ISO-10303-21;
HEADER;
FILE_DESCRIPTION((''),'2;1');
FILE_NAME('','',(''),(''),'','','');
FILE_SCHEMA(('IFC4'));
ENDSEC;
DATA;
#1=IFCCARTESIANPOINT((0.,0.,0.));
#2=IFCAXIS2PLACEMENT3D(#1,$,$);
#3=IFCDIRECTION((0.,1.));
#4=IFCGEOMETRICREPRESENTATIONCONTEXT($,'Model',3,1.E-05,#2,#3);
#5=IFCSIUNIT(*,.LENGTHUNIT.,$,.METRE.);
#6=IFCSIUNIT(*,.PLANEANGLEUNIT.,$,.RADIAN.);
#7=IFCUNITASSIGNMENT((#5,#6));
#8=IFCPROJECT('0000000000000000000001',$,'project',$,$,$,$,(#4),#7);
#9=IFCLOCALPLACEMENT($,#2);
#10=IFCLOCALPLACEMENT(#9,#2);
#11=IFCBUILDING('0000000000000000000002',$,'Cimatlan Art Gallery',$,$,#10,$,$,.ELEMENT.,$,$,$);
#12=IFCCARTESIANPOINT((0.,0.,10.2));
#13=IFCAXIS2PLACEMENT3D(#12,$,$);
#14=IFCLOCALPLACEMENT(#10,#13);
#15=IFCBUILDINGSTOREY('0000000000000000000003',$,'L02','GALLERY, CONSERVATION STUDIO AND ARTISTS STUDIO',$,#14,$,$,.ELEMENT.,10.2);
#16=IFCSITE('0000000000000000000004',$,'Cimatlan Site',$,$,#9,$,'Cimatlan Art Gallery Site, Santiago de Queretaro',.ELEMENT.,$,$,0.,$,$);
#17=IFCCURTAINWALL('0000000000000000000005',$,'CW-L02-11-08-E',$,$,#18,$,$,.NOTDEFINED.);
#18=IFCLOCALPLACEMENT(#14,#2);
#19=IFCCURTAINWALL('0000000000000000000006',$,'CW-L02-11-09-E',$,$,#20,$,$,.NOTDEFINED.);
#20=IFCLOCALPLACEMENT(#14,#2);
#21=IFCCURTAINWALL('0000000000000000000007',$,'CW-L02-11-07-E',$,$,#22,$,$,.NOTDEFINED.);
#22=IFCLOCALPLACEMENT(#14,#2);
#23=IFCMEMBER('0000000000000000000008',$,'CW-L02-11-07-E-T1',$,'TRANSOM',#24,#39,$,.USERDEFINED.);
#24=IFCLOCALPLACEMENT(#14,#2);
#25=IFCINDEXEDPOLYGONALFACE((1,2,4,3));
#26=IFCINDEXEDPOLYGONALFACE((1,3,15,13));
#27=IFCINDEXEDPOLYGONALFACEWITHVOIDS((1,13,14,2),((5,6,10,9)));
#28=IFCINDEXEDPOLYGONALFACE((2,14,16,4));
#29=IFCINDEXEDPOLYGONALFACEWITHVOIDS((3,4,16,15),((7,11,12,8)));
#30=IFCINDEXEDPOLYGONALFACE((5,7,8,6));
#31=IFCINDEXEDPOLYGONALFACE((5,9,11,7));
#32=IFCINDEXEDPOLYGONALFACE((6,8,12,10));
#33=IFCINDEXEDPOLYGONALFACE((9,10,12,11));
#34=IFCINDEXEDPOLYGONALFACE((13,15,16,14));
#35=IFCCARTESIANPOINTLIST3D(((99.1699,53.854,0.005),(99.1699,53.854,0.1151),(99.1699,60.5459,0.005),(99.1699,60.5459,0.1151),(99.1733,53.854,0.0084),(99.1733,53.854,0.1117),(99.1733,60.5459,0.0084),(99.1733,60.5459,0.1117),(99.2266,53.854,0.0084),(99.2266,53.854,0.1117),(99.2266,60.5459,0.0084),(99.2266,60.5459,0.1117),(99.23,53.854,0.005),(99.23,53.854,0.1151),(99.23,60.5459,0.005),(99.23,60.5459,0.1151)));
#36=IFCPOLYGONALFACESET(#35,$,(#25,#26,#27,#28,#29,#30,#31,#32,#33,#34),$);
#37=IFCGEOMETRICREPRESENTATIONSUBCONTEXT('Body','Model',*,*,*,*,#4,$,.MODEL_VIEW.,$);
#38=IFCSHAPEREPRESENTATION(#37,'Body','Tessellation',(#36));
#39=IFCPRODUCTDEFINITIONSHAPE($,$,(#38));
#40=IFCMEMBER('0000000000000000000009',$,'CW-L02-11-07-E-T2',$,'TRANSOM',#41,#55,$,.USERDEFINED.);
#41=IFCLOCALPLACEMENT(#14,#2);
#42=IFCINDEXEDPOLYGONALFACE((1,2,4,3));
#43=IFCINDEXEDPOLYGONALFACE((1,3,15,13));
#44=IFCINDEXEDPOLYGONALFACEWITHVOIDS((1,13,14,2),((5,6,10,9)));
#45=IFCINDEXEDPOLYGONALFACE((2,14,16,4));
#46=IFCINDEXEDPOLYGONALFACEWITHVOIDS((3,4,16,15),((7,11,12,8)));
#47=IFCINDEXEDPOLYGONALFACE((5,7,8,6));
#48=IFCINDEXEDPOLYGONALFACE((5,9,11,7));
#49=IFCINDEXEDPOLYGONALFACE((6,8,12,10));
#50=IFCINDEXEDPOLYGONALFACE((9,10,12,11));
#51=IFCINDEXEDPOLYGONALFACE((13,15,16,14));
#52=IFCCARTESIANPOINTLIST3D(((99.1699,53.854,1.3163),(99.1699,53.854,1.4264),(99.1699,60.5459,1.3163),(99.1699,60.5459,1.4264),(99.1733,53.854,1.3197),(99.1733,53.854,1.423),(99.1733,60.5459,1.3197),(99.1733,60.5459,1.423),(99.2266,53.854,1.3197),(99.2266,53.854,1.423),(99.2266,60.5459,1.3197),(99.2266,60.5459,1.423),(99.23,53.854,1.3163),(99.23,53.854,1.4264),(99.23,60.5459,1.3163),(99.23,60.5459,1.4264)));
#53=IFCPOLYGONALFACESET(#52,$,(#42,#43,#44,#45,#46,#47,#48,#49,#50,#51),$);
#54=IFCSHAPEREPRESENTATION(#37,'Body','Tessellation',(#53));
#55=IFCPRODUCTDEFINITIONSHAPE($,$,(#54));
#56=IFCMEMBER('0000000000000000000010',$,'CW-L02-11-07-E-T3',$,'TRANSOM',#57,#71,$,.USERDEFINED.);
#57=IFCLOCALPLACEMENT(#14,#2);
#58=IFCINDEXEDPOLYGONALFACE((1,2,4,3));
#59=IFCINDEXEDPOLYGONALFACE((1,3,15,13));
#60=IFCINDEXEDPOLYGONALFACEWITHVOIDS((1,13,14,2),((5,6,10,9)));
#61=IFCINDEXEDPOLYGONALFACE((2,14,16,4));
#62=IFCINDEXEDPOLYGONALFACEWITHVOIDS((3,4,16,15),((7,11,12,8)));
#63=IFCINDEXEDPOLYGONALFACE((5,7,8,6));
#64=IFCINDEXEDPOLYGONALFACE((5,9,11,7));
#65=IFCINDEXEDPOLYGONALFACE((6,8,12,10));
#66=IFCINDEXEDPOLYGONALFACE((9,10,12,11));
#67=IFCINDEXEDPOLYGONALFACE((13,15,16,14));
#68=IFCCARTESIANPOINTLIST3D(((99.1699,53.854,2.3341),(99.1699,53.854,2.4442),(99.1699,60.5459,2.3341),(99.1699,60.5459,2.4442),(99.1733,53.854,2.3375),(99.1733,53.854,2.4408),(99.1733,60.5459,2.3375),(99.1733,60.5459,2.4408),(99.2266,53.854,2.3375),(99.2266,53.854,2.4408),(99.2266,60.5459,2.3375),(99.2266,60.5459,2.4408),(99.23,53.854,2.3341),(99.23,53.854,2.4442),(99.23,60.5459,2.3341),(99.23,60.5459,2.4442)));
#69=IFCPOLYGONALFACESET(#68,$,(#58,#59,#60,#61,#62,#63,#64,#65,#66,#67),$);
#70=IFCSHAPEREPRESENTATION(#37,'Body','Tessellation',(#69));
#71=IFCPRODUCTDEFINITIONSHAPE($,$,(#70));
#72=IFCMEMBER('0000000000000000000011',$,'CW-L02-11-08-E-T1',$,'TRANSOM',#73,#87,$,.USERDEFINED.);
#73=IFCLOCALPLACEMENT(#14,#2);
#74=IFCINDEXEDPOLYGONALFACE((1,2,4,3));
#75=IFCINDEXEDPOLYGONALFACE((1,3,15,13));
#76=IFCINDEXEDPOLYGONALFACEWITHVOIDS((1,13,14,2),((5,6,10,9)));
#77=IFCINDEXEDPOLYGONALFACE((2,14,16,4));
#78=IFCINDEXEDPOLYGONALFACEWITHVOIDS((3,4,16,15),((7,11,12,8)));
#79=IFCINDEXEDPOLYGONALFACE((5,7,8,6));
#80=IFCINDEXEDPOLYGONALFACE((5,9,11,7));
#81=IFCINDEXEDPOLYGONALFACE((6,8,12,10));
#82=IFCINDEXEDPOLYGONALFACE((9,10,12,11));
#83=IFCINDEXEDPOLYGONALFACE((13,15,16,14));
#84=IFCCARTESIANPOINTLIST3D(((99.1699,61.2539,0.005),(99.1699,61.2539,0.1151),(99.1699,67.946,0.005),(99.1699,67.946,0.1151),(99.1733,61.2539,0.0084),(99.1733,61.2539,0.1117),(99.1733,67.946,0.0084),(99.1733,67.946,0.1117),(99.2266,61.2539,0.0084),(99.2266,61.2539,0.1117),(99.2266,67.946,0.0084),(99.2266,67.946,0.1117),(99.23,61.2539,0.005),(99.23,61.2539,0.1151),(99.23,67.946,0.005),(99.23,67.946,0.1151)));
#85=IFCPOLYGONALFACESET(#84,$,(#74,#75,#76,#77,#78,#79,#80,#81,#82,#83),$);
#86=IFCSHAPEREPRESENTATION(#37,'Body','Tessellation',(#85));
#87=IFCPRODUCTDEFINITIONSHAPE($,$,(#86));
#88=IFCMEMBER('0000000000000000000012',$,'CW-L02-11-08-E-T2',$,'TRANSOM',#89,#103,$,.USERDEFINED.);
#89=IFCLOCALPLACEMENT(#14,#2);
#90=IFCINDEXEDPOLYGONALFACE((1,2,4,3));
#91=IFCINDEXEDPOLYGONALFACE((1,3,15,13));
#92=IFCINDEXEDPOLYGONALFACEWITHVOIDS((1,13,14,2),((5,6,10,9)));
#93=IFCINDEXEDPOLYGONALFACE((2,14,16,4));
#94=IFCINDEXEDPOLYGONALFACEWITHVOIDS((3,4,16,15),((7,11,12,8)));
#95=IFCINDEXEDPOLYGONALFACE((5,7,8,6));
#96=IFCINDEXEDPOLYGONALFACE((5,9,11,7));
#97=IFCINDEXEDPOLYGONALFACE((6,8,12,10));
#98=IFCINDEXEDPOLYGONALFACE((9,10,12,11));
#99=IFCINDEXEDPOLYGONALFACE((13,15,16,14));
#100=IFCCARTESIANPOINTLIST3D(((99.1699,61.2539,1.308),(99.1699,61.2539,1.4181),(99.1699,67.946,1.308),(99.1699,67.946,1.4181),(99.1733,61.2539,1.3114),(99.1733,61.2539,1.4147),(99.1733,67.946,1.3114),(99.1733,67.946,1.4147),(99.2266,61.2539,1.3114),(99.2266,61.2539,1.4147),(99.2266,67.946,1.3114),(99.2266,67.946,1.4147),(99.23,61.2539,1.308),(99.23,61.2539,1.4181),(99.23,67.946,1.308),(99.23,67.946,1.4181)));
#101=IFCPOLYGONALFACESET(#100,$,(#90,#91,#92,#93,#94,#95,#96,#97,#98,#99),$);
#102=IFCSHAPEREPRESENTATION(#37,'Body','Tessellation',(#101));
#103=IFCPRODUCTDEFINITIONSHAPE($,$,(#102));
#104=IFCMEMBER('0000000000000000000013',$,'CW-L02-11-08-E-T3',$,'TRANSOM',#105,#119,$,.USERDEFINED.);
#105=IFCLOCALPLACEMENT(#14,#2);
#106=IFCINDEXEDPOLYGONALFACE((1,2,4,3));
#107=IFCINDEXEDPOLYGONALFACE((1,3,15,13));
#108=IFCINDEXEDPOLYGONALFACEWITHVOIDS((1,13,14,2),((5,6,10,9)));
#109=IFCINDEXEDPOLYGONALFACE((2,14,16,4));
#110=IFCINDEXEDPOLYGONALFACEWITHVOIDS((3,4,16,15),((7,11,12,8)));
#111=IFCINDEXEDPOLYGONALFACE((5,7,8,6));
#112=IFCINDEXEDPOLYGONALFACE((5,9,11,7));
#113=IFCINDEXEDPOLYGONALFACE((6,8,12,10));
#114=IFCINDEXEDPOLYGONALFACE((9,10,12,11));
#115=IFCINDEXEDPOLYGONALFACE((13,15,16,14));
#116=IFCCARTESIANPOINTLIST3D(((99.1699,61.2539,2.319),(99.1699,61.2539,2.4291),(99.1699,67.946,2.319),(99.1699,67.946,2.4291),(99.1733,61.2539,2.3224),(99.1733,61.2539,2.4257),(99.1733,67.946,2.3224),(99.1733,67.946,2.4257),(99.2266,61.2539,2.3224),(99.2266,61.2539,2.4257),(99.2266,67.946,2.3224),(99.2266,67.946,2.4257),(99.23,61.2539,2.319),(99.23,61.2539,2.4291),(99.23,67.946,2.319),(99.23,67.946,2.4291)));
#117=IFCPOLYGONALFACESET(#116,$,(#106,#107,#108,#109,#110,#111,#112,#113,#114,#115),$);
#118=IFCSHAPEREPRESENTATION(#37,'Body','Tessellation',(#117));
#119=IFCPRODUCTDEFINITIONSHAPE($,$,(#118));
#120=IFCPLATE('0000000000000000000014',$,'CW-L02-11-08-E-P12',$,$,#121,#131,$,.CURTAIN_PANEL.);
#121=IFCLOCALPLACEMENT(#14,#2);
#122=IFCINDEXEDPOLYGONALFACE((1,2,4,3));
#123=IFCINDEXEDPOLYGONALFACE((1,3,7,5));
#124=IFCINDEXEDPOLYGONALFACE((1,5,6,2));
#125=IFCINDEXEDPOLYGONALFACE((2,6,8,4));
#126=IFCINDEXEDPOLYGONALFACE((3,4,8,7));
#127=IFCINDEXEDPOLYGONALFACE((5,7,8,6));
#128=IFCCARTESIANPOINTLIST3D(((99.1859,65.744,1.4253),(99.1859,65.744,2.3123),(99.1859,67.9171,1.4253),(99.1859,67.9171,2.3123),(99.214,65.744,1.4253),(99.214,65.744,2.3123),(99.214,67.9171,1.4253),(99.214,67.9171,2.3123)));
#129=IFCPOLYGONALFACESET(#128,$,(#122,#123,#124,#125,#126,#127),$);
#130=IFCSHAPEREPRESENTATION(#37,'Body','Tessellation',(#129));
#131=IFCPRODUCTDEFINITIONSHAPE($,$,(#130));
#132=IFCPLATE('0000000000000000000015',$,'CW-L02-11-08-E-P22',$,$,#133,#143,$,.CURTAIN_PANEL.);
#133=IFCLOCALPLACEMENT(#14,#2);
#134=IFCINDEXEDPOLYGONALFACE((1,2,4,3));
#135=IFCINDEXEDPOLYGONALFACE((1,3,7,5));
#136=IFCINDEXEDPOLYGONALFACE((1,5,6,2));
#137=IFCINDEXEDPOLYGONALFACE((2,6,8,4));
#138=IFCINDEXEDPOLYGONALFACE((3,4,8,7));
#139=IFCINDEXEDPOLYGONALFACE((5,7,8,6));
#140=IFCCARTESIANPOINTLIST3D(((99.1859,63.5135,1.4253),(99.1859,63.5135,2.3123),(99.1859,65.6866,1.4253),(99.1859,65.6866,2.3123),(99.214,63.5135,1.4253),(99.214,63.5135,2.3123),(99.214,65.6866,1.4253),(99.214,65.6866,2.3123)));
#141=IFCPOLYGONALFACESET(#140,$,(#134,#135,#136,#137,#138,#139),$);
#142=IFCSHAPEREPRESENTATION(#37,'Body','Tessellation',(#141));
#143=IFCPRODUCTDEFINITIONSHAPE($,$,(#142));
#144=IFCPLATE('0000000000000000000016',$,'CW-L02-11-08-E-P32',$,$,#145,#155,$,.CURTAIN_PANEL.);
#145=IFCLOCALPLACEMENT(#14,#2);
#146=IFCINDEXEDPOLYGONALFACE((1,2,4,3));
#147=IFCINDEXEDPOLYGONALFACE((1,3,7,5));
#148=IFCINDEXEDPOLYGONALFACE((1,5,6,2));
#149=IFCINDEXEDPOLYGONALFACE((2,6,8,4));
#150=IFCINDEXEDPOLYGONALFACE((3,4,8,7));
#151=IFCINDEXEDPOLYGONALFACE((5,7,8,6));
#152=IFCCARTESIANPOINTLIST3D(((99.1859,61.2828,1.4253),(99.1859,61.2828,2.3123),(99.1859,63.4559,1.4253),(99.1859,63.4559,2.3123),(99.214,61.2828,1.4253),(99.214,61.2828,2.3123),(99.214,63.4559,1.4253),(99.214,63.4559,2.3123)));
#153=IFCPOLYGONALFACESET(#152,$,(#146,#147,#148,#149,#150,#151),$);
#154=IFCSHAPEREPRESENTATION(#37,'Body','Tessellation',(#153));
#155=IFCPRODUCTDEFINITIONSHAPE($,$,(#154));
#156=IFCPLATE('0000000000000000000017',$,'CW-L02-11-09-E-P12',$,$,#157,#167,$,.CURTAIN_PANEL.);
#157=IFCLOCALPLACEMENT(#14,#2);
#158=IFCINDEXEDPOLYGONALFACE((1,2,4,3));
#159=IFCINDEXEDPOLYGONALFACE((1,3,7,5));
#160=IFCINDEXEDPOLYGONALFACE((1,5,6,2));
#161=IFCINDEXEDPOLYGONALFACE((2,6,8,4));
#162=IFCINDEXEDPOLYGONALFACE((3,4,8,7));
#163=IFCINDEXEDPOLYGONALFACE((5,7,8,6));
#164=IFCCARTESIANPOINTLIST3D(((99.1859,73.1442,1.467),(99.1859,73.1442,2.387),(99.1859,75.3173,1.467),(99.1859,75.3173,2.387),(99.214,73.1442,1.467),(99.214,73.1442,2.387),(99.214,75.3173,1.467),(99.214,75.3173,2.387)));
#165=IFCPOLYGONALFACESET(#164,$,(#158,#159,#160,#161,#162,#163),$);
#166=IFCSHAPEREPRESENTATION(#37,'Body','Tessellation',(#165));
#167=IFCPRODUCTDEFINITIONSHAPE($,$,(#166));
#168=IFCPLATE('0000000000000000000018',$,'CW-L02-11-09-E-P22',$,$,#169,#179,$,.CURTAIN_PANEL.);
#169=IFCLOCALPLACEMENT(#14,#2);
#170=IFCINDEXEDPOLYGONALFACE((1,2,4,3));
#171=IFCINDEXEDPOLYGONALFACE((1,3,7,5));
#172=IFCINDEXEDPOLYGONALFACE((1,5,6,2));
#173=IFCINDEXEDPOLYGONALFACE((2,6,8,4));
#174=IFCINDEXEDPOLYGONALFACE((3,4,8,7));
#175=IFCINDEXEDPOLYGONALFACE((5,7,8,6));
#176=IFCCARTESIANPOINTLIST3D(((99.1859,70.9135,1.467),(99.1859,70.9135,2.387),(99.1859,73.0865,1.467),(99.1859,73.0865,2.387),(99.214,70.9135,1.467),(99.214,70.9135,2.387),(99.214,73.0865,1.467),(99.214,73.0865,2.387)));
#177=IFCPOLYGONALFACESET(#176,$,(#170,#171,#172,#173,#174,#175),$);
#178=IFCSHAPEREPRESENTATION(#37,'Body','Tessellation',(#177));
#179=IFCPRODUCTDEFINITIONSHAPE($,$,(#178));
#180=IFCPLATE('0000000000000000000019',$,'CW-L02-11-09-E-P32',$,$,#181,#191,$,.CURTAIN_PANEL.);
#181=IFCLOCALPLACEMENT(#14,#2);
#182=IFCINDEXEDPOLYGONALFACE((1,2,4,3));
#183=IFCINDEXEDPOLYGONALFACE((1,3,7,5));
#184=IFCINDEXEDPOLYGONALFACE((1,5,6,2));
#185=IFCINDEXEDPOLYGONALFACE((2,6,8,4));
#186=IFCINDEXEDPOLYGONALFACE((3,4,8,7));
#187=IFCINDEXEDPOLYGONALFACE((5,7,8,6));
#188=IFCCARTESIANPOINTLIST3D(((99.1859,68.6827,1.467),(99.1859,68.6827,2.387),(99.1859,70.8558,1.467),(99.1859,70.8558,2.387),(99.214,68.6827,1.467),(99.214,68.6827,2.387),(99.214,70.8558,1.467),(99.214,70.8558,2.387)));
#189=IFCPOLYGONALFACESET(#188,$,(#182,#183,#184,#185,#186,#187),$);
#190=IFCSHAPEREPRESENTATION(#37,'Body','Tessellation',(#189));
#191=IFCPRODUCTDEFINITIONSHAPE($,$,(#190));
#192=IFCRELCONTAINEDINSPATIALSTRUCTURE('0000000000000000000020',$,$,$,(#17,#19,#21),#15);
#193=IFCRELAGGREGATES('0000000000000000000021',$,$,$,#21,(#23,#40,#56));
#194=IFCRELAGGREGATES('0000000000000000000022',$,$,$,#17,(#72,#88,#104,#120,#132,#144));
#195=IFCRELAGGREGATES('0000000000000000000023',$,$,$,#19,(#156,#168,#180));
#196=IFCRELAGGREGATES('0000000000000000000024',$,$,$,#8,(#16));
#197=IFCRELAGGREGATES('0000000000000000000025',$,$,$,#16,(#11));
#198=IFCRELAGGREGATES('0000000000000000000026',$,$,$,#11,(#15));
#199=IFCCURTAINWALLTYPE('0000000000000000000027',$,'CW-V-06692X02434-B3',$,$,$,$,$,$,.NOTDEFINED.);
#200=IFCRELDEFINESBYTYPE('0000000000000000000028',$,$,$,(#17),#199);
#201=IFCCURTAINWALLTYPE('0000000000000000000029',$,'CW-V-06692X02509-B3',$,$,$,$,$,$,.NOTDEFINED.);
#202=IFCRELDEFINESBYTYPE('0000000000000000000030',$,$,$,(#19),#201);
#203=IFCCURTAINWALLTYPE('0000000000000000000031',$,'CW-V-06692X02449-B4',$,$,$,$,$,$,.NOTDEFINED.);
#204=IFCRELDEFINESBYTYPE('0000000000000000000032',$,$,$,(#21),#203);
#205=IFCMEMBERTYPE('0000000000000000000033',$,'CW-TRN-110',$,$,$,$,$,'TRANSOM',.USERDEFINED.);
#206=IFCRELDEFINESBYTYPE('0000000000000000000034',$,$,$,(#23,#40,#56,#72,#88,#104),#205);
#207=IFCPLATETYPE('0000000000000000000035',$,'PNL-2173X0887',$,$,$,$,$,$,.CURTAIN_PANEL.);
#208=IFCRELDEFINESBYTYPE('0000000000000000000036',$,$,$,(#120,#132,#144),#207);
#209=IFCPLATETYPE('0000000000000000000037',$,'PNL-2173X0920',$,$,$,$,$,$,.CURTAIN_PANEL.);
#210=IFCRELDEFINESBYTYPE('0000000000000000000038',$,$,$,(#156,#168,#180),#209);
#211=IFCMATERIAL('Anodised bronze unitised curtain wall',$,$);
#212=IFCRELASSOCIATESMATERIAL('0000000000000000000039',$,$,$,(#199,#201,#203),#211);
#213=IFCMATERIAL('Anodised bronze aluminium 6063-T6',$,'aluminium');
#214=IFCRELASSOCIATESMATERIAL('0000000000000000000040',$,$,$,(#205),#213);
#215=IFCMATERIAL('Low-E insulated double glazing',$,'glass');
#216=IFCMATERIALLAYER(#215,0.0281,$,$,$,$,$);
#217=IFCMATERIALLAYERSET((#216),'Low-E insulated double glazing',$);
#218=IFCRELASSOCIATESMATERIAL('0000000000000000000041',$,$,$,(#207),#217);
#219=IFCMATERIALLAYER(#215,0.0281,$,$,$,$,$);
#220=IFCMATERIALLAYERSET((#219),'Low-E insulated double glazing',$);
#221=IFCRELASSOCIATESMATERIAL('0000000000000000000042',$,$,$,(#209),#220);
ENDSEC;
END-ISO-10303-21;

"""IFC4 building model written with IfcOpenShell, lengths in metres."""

from ifc_helpers import new_model, si_unit, direction, frame, origin, origin_2d, place, context, subcontext, project, spatial, rectangle, hollow_rectangle, extrude, material, layer, layer_set, material_profile, profile_set, type_object, element, aggregate, save


model = new_model("IFC4")

# Units and contexts
model_context = context("Model", 3, precision=1e-05, world=origin(), true_north=direction((0.0, 1.0)))
body_context = subcontext(model_context, "Body", "Model", "MODEL_VIEW")
ifc_project = project(units=[si_unit("LENGTHUNIT", "METRE"), si_unit("PLANEANGLEUNIT", "RADIAN")], contexts=[model_context])

# Site, building, storey
site_placement = place(None, origin())
site = spatial("IfcSite", under=ifc_project, at=site_placement, Name="Cimatlan Site", LongName="Cimatlan Art Gallery Site, Santiago de Queretaro", CompositionType="ELEMENT", RefElevation=0.0)
building_placement = place(site_placement, origin())
building = spatial("IfcBuilding", under=site, at=building_placement, Name="Cimatlan Art Gallery", CompositionType="ELEMENT")
storey_placement = place(building_placement, frame((0.0, 0.0, 10.2)))
storey = spatial("IfcBuildingStorey", under=building, at=storey_placement, Name="L02", Description="GALLERY, CONSERVATION STUDIO AND ARTISTS STUDIO", CompositionType="ELEMENT", Elevation=10.2)

# Curtain walls, members
ifc_material_1 = material(Name="Anodised bronze unitised curtain wall")
curtain_wall_type_1 = type_object("IfcCurtainWallType", Name="CW-V-06692X02434-B3", PredefinedType="NOTDEFINED", material=ifc_material_1)
curtain_wall_1_placement = place(storey_placement, origin())
curtain_wall_1 = element("IfcCurtainWall", 1, at=curtain_wall_1_placement, inside=storey, type_object=curtain_wall_type_1, Name="CW-L02-11-08-E", PredefinedType="NOTDEFINED")
ifc_material_2 = material(Name="Anodised bronze aluminium 6063-T6", Category="aluminium")
curtain_wall_type_2 = type_object("IfcCurtainWallType", Name="CW-V-06692X02509-B3", PredefinedType="NOTDEFINED", material=ifc_material_1)
curtain_wall_2_placement = place(storey_placement, origin())
curtain_wall_2 = element("IfcCurtainWall", 2, at=curtain_wall_2_placement, inside=storey, type_object=curtain_wall_type_2, Name="CW-L02-11-09-E", PredefinedType="NOTDEFINED")
curtain_wall_type_3 = type_object("IfcCurtainWallType", Name="CW-V-06692X02449-B4", PredefinedType="NOTDEFINED", material=ifc_material_1)
curtain_wall_3_placement = place(storey_placement, origin())
curtain_wall_3 = element("IfcCurtainWall", 3, at=curtain_wall_3_placement, inside=storey, type_object=curtain_wall_type_3, Name="CW-L02-11-07-E", PredefinedType="NOTDEFINED")
ifc_material_profile_1 = material_profile(ifc_material_2, hollow_rectangle(XDim=0.0601, YDim=0.1101, WallThickness=0.0034, at=origin_2d()), Name="ALU60X110X3")
ifc_profile_set_1 = profile_set([ifc_material_profile_1], Name="Anodised bronze aluminium 6063-T6")
member_type_1 = type_object("IfcMemberType", Name="CW-TRN-110", ElementType="TRANSOM", PredefinedType="USERDEFINED", material=ifc_profile_set_1)
member_1_placement = place(storey_placement, frame((99.2, 60.5459, 0.0601), z_axis=(0.0, -1.0, 0.0), x_axis=(1.0, 0.0, 0.0)))
member_1 = element("IfcMember", 4, at=member_1_placement, type_object=member_type_1, Name="CW-L02-11-07-E-T1", ObjectType="TRANSOM", PredefinedType="USERDEFINED", context=body_context, shape_type="SweptSolid", body=[
    extrude(hollow_rectangle(XDim=0.0601, YDim=0.1101, WallThickness=0.0034, at=origin_2d()), origin(), (0.0, 0.0, 1.0), 6.6919),
])
member_2_placement = place(storey_placement, frame((99.2, 60.5459, 1.3713), z_axis=(0.0, -1.0, 0.0), x_axis=(1.0, 0.0, 0.0)))
member_2 = element("IfcMember", 5, at=member_2_placement, type_object=member_type_1, Name="CW-L02-11-07-E-T2", ObjectType="TRANSOM", PredefinedType="USERDEFINED", context=body_context, shape_type="SweptSolid", body=[
    extrude(hollow_rectangle(XDim=0.0601, YDim=0.1101, WallThickness=0.0034, at=origin_2d()), origin(), (0.0, 0.0, 1.0), 6.6919),
])
member_3_placement = place(storey_placement, frame((99.2, 60.5459, 2.3892), z_axis=(0.0, -1.0, 0.0), x_axis=(1.0, 0.0, 0.0)))
member_3 = element("IfcMember", 6, at=member_3_placement, type_object=member_type_1, Name="CW-L02-11-07-E-T3", ObjectType="TRANSOM", PredefinedType="USERDEFINED", context=body_context, shape_type="SweptSolid", body=[
    extrude(hollow_rectangle(XDim=0.0601, YDim=0.1101, WallThickness=0.0034, at=origin_2d()), origin(), (0.0, 0.0, 1.0), 6.6919),
])
aggregate(curtain_wall_3, [member_1, member_2, member_3])

# Members
member_4_placement = place(storey_placement, frame((99.2, 67.946, 0.0601), z_axis=(0.0, -1.0, 0.0), x_axis=(1.0, 0.0, 0.0)))
member_4 = element("IfcMember", 7, at=member_4_placement, type_object=member_type_1, Name="CW-L02-11-08-E-T1", ObjectType="TRANSOM", PredefinedType="USERDEFINED", context=body_context, shape_type="SweptSolid", body=[
    extrude(hollow_rectangle(XDim=0.0601, YDim=0.1101, WallThickness=0.0034, at=origin_2d()), origin(), (0.0, 0.0, 1.0), 6.6921),
])
member_5_placement = place(storey_placement, frame((99.2, 67.946, 1.363), z_axis=(0.0, -1.0, 0.0), x_axis=(1.0, 0.0, 0.0)))
member_5 = element("IfcMember", 8, at=member_5_placement, type_object=member_type_1, Name="CW-L02-11-08-E-T2", ObjectType="TRANSOM", PredefinedType="USERDEFINED", context=body_context, shape_type="SweptSolid", body=[
    extrude(hollow_rectangle(XDim=0.0601, YDim=0.1101, WallThickness=0.0034, at=origin_2d()), origin(), (0.0, 0.0, 1.0), 6.6921),
])
member_6_placement = place(storey_placement, frame((99.2, 67.946, 2.374), z_axis=(0.0, -1.0, 0.0), x_axis=(1.0, 0.0, 0.0)))
member_6 = element("IfcMember", 9, at=member_6_placement, type_object=member_type_1, Name="CW-L02-11-08-E-T3", ObjectType="TRANSOM", PredefinedType="USERDEFINED", context=body_context, shape_type="SweptSolid", body=[
    extrude(hollow_rectangle(XDim=0.0601, YDim=0.1101, WallThickness=0.0034, at=origin_2d()), origin(), (0.0, 0.0, 1.0), 6.6921),
])

# Plates
ifc_material_3 = material(Name="Low-E insulated double glazing", Category="glass")
ifc_layer_1 = layer(ifc_material_3, 0.0281)
ifc_layer_set_1 = layer_set([ifc_layer_1], Name="Low-E insulated double glazing")
plate_type_1 = type_object("IfcPlateType", Name="PNL-2173X0887", PredefinedType="CURTAIN_PANEL", material=ifc_layer_set_1)
plate_1_placement = place(storey_placement, frame((99.2, 66.8306, 1.4253), z_axis=(0.0, 0.0, 1.0), x_axis=(0.0, -1.0, 0.0)))
plate_1 = element("IfcPlate", 10, at=plate_1_placement, type_object=plate_type_1, Name="CW-L02-11-08-E-P12", PredefinedType="CURTAIN_PANEL", context=body_context, shape_type="SweptSolid", body=[
    extrude(rectangle(XDim=2.1731, YDim=0.0281, at=origin_2d()), origin(), (0.0, 0.0, 1.0), 0.887),
])
plate_2_placement = place(storey_placement, frame((99.2, 64.6001, 1.4253), z_axis=(0.0, 0.0, 1.0), x_axis=(0.0, -1.0, 0.0)))
plate_2 = element("IfcPlate", 11, at=plate_2_placement, type_object=plate_type_1, Name="CW-L02-11-08-E-P22", PredefinedType="CURTAIN_PANEL", context=body_context, shape_type="SweptSolid", body=[
    extrude(rectangle(XDim=2.1731, YDim=0.0281, at=origin_2d()), origin(), (0.0, 0.0, 1.0), 0.887),
])
plate_3_placement = place(storey_placement, frame((99.2, 62.3694, 1.4253), z_axis=(0.0, 0.0, 1.0), x_axis=(0.0, -1.0, 0.0)))
plate_3 = element("IfcPlate", 12, at=plate_3_placement, type_object=plate_type_1, Name="CW-L02-11-08-E-P32", PredefinedType="CURTAIN_PANEL", context=body_context, shape_type="SweptSolid", body=[
    extrude(rectangle(XDim=2.1731, YDim=0.0281, at=origin_2d()), origin(), (0.0, 0.0, 1.0), 0.887),
])
ifc_layer_2 = layer(ifc_material_3, 0.0281)
ifc_layer_set_2 = layer_set([ifc_layer_2], Name="Low-E insulated double glazing")
plate_type_2 = type_object("IfcPlateType", Name="PNL-2173X0920", PredefinedType="CURTAIN_PANEL", material=ifc_layer_set_2)
plate_4_placement = place(storey_placement, frame((99.2, 74.2307, 1.467), z_axis=(0.0, 0.0, 1.0), x_axis=(0.0, -1.0, 0.0)))
plate_4 = element("IfcPlate", 13, at=plate_4_placement, type_object=plate_type_2, Name="CW-L02-11-09-E-P12", PredefinedType="CURTAIN_PANEL", context=body_context, shape_type="SweptSolid", body=[
    extrude(rectangle(XDim=2.1731, YDim=0.0281, at=origin_2d()), origin(), (0.0, 0.0, 1.0), 0.9199),
])
plate_5_placement = place(storey_placement, frame((99.2, 72.0, 1.467), z_axis=(0.0, 0.0, 1.0), x_axis=(0.0, -1.0, 0.0)))
plate_5 = element("IfcPlate", 14, at=plate_5_placement, type_object=plate_type_2, Name="CW-L02-11-09-E-P22", PredefinedType="CURTAIN_PANEL", context=body_context, shape_type="SweptSolid", body=[
    extrude(rectangle(XDim=2.1731, YDim=0.0281, at=origin_2d()), origin(), (0.0, 0.0, 1.0), 0.9199),
])
plate_6_placement = place(storey_placement, frame((99.2, 69.7693, 1.467), z_axis=(0.0, 0.0, 1.0), x_axis=(0.0, -1.0, 0.0)))
plate_6 = element("IfcPlate", 15, at=plate_6_placement, type_object=plate_type_2, Name="CW-L02-11-09-E-P32", PredefinedType="CURTAIN_PANEL", context=body_context, shape_type="SweptSolid", body=[
    extrude(rectangle(XDim=2.1731, YDim=0.0281, at=origin_2d()), origin(), (0.0, 0.0, 1.0), 0.9199),
])
aggregate(curtain_wall_1, [member_4, member_5, member_6, plate_1, plate_2, plate_3])
aggregate(curtain_wall_2, [plate_4, plate_5, plate_6])

save(model, "model.ifc")
